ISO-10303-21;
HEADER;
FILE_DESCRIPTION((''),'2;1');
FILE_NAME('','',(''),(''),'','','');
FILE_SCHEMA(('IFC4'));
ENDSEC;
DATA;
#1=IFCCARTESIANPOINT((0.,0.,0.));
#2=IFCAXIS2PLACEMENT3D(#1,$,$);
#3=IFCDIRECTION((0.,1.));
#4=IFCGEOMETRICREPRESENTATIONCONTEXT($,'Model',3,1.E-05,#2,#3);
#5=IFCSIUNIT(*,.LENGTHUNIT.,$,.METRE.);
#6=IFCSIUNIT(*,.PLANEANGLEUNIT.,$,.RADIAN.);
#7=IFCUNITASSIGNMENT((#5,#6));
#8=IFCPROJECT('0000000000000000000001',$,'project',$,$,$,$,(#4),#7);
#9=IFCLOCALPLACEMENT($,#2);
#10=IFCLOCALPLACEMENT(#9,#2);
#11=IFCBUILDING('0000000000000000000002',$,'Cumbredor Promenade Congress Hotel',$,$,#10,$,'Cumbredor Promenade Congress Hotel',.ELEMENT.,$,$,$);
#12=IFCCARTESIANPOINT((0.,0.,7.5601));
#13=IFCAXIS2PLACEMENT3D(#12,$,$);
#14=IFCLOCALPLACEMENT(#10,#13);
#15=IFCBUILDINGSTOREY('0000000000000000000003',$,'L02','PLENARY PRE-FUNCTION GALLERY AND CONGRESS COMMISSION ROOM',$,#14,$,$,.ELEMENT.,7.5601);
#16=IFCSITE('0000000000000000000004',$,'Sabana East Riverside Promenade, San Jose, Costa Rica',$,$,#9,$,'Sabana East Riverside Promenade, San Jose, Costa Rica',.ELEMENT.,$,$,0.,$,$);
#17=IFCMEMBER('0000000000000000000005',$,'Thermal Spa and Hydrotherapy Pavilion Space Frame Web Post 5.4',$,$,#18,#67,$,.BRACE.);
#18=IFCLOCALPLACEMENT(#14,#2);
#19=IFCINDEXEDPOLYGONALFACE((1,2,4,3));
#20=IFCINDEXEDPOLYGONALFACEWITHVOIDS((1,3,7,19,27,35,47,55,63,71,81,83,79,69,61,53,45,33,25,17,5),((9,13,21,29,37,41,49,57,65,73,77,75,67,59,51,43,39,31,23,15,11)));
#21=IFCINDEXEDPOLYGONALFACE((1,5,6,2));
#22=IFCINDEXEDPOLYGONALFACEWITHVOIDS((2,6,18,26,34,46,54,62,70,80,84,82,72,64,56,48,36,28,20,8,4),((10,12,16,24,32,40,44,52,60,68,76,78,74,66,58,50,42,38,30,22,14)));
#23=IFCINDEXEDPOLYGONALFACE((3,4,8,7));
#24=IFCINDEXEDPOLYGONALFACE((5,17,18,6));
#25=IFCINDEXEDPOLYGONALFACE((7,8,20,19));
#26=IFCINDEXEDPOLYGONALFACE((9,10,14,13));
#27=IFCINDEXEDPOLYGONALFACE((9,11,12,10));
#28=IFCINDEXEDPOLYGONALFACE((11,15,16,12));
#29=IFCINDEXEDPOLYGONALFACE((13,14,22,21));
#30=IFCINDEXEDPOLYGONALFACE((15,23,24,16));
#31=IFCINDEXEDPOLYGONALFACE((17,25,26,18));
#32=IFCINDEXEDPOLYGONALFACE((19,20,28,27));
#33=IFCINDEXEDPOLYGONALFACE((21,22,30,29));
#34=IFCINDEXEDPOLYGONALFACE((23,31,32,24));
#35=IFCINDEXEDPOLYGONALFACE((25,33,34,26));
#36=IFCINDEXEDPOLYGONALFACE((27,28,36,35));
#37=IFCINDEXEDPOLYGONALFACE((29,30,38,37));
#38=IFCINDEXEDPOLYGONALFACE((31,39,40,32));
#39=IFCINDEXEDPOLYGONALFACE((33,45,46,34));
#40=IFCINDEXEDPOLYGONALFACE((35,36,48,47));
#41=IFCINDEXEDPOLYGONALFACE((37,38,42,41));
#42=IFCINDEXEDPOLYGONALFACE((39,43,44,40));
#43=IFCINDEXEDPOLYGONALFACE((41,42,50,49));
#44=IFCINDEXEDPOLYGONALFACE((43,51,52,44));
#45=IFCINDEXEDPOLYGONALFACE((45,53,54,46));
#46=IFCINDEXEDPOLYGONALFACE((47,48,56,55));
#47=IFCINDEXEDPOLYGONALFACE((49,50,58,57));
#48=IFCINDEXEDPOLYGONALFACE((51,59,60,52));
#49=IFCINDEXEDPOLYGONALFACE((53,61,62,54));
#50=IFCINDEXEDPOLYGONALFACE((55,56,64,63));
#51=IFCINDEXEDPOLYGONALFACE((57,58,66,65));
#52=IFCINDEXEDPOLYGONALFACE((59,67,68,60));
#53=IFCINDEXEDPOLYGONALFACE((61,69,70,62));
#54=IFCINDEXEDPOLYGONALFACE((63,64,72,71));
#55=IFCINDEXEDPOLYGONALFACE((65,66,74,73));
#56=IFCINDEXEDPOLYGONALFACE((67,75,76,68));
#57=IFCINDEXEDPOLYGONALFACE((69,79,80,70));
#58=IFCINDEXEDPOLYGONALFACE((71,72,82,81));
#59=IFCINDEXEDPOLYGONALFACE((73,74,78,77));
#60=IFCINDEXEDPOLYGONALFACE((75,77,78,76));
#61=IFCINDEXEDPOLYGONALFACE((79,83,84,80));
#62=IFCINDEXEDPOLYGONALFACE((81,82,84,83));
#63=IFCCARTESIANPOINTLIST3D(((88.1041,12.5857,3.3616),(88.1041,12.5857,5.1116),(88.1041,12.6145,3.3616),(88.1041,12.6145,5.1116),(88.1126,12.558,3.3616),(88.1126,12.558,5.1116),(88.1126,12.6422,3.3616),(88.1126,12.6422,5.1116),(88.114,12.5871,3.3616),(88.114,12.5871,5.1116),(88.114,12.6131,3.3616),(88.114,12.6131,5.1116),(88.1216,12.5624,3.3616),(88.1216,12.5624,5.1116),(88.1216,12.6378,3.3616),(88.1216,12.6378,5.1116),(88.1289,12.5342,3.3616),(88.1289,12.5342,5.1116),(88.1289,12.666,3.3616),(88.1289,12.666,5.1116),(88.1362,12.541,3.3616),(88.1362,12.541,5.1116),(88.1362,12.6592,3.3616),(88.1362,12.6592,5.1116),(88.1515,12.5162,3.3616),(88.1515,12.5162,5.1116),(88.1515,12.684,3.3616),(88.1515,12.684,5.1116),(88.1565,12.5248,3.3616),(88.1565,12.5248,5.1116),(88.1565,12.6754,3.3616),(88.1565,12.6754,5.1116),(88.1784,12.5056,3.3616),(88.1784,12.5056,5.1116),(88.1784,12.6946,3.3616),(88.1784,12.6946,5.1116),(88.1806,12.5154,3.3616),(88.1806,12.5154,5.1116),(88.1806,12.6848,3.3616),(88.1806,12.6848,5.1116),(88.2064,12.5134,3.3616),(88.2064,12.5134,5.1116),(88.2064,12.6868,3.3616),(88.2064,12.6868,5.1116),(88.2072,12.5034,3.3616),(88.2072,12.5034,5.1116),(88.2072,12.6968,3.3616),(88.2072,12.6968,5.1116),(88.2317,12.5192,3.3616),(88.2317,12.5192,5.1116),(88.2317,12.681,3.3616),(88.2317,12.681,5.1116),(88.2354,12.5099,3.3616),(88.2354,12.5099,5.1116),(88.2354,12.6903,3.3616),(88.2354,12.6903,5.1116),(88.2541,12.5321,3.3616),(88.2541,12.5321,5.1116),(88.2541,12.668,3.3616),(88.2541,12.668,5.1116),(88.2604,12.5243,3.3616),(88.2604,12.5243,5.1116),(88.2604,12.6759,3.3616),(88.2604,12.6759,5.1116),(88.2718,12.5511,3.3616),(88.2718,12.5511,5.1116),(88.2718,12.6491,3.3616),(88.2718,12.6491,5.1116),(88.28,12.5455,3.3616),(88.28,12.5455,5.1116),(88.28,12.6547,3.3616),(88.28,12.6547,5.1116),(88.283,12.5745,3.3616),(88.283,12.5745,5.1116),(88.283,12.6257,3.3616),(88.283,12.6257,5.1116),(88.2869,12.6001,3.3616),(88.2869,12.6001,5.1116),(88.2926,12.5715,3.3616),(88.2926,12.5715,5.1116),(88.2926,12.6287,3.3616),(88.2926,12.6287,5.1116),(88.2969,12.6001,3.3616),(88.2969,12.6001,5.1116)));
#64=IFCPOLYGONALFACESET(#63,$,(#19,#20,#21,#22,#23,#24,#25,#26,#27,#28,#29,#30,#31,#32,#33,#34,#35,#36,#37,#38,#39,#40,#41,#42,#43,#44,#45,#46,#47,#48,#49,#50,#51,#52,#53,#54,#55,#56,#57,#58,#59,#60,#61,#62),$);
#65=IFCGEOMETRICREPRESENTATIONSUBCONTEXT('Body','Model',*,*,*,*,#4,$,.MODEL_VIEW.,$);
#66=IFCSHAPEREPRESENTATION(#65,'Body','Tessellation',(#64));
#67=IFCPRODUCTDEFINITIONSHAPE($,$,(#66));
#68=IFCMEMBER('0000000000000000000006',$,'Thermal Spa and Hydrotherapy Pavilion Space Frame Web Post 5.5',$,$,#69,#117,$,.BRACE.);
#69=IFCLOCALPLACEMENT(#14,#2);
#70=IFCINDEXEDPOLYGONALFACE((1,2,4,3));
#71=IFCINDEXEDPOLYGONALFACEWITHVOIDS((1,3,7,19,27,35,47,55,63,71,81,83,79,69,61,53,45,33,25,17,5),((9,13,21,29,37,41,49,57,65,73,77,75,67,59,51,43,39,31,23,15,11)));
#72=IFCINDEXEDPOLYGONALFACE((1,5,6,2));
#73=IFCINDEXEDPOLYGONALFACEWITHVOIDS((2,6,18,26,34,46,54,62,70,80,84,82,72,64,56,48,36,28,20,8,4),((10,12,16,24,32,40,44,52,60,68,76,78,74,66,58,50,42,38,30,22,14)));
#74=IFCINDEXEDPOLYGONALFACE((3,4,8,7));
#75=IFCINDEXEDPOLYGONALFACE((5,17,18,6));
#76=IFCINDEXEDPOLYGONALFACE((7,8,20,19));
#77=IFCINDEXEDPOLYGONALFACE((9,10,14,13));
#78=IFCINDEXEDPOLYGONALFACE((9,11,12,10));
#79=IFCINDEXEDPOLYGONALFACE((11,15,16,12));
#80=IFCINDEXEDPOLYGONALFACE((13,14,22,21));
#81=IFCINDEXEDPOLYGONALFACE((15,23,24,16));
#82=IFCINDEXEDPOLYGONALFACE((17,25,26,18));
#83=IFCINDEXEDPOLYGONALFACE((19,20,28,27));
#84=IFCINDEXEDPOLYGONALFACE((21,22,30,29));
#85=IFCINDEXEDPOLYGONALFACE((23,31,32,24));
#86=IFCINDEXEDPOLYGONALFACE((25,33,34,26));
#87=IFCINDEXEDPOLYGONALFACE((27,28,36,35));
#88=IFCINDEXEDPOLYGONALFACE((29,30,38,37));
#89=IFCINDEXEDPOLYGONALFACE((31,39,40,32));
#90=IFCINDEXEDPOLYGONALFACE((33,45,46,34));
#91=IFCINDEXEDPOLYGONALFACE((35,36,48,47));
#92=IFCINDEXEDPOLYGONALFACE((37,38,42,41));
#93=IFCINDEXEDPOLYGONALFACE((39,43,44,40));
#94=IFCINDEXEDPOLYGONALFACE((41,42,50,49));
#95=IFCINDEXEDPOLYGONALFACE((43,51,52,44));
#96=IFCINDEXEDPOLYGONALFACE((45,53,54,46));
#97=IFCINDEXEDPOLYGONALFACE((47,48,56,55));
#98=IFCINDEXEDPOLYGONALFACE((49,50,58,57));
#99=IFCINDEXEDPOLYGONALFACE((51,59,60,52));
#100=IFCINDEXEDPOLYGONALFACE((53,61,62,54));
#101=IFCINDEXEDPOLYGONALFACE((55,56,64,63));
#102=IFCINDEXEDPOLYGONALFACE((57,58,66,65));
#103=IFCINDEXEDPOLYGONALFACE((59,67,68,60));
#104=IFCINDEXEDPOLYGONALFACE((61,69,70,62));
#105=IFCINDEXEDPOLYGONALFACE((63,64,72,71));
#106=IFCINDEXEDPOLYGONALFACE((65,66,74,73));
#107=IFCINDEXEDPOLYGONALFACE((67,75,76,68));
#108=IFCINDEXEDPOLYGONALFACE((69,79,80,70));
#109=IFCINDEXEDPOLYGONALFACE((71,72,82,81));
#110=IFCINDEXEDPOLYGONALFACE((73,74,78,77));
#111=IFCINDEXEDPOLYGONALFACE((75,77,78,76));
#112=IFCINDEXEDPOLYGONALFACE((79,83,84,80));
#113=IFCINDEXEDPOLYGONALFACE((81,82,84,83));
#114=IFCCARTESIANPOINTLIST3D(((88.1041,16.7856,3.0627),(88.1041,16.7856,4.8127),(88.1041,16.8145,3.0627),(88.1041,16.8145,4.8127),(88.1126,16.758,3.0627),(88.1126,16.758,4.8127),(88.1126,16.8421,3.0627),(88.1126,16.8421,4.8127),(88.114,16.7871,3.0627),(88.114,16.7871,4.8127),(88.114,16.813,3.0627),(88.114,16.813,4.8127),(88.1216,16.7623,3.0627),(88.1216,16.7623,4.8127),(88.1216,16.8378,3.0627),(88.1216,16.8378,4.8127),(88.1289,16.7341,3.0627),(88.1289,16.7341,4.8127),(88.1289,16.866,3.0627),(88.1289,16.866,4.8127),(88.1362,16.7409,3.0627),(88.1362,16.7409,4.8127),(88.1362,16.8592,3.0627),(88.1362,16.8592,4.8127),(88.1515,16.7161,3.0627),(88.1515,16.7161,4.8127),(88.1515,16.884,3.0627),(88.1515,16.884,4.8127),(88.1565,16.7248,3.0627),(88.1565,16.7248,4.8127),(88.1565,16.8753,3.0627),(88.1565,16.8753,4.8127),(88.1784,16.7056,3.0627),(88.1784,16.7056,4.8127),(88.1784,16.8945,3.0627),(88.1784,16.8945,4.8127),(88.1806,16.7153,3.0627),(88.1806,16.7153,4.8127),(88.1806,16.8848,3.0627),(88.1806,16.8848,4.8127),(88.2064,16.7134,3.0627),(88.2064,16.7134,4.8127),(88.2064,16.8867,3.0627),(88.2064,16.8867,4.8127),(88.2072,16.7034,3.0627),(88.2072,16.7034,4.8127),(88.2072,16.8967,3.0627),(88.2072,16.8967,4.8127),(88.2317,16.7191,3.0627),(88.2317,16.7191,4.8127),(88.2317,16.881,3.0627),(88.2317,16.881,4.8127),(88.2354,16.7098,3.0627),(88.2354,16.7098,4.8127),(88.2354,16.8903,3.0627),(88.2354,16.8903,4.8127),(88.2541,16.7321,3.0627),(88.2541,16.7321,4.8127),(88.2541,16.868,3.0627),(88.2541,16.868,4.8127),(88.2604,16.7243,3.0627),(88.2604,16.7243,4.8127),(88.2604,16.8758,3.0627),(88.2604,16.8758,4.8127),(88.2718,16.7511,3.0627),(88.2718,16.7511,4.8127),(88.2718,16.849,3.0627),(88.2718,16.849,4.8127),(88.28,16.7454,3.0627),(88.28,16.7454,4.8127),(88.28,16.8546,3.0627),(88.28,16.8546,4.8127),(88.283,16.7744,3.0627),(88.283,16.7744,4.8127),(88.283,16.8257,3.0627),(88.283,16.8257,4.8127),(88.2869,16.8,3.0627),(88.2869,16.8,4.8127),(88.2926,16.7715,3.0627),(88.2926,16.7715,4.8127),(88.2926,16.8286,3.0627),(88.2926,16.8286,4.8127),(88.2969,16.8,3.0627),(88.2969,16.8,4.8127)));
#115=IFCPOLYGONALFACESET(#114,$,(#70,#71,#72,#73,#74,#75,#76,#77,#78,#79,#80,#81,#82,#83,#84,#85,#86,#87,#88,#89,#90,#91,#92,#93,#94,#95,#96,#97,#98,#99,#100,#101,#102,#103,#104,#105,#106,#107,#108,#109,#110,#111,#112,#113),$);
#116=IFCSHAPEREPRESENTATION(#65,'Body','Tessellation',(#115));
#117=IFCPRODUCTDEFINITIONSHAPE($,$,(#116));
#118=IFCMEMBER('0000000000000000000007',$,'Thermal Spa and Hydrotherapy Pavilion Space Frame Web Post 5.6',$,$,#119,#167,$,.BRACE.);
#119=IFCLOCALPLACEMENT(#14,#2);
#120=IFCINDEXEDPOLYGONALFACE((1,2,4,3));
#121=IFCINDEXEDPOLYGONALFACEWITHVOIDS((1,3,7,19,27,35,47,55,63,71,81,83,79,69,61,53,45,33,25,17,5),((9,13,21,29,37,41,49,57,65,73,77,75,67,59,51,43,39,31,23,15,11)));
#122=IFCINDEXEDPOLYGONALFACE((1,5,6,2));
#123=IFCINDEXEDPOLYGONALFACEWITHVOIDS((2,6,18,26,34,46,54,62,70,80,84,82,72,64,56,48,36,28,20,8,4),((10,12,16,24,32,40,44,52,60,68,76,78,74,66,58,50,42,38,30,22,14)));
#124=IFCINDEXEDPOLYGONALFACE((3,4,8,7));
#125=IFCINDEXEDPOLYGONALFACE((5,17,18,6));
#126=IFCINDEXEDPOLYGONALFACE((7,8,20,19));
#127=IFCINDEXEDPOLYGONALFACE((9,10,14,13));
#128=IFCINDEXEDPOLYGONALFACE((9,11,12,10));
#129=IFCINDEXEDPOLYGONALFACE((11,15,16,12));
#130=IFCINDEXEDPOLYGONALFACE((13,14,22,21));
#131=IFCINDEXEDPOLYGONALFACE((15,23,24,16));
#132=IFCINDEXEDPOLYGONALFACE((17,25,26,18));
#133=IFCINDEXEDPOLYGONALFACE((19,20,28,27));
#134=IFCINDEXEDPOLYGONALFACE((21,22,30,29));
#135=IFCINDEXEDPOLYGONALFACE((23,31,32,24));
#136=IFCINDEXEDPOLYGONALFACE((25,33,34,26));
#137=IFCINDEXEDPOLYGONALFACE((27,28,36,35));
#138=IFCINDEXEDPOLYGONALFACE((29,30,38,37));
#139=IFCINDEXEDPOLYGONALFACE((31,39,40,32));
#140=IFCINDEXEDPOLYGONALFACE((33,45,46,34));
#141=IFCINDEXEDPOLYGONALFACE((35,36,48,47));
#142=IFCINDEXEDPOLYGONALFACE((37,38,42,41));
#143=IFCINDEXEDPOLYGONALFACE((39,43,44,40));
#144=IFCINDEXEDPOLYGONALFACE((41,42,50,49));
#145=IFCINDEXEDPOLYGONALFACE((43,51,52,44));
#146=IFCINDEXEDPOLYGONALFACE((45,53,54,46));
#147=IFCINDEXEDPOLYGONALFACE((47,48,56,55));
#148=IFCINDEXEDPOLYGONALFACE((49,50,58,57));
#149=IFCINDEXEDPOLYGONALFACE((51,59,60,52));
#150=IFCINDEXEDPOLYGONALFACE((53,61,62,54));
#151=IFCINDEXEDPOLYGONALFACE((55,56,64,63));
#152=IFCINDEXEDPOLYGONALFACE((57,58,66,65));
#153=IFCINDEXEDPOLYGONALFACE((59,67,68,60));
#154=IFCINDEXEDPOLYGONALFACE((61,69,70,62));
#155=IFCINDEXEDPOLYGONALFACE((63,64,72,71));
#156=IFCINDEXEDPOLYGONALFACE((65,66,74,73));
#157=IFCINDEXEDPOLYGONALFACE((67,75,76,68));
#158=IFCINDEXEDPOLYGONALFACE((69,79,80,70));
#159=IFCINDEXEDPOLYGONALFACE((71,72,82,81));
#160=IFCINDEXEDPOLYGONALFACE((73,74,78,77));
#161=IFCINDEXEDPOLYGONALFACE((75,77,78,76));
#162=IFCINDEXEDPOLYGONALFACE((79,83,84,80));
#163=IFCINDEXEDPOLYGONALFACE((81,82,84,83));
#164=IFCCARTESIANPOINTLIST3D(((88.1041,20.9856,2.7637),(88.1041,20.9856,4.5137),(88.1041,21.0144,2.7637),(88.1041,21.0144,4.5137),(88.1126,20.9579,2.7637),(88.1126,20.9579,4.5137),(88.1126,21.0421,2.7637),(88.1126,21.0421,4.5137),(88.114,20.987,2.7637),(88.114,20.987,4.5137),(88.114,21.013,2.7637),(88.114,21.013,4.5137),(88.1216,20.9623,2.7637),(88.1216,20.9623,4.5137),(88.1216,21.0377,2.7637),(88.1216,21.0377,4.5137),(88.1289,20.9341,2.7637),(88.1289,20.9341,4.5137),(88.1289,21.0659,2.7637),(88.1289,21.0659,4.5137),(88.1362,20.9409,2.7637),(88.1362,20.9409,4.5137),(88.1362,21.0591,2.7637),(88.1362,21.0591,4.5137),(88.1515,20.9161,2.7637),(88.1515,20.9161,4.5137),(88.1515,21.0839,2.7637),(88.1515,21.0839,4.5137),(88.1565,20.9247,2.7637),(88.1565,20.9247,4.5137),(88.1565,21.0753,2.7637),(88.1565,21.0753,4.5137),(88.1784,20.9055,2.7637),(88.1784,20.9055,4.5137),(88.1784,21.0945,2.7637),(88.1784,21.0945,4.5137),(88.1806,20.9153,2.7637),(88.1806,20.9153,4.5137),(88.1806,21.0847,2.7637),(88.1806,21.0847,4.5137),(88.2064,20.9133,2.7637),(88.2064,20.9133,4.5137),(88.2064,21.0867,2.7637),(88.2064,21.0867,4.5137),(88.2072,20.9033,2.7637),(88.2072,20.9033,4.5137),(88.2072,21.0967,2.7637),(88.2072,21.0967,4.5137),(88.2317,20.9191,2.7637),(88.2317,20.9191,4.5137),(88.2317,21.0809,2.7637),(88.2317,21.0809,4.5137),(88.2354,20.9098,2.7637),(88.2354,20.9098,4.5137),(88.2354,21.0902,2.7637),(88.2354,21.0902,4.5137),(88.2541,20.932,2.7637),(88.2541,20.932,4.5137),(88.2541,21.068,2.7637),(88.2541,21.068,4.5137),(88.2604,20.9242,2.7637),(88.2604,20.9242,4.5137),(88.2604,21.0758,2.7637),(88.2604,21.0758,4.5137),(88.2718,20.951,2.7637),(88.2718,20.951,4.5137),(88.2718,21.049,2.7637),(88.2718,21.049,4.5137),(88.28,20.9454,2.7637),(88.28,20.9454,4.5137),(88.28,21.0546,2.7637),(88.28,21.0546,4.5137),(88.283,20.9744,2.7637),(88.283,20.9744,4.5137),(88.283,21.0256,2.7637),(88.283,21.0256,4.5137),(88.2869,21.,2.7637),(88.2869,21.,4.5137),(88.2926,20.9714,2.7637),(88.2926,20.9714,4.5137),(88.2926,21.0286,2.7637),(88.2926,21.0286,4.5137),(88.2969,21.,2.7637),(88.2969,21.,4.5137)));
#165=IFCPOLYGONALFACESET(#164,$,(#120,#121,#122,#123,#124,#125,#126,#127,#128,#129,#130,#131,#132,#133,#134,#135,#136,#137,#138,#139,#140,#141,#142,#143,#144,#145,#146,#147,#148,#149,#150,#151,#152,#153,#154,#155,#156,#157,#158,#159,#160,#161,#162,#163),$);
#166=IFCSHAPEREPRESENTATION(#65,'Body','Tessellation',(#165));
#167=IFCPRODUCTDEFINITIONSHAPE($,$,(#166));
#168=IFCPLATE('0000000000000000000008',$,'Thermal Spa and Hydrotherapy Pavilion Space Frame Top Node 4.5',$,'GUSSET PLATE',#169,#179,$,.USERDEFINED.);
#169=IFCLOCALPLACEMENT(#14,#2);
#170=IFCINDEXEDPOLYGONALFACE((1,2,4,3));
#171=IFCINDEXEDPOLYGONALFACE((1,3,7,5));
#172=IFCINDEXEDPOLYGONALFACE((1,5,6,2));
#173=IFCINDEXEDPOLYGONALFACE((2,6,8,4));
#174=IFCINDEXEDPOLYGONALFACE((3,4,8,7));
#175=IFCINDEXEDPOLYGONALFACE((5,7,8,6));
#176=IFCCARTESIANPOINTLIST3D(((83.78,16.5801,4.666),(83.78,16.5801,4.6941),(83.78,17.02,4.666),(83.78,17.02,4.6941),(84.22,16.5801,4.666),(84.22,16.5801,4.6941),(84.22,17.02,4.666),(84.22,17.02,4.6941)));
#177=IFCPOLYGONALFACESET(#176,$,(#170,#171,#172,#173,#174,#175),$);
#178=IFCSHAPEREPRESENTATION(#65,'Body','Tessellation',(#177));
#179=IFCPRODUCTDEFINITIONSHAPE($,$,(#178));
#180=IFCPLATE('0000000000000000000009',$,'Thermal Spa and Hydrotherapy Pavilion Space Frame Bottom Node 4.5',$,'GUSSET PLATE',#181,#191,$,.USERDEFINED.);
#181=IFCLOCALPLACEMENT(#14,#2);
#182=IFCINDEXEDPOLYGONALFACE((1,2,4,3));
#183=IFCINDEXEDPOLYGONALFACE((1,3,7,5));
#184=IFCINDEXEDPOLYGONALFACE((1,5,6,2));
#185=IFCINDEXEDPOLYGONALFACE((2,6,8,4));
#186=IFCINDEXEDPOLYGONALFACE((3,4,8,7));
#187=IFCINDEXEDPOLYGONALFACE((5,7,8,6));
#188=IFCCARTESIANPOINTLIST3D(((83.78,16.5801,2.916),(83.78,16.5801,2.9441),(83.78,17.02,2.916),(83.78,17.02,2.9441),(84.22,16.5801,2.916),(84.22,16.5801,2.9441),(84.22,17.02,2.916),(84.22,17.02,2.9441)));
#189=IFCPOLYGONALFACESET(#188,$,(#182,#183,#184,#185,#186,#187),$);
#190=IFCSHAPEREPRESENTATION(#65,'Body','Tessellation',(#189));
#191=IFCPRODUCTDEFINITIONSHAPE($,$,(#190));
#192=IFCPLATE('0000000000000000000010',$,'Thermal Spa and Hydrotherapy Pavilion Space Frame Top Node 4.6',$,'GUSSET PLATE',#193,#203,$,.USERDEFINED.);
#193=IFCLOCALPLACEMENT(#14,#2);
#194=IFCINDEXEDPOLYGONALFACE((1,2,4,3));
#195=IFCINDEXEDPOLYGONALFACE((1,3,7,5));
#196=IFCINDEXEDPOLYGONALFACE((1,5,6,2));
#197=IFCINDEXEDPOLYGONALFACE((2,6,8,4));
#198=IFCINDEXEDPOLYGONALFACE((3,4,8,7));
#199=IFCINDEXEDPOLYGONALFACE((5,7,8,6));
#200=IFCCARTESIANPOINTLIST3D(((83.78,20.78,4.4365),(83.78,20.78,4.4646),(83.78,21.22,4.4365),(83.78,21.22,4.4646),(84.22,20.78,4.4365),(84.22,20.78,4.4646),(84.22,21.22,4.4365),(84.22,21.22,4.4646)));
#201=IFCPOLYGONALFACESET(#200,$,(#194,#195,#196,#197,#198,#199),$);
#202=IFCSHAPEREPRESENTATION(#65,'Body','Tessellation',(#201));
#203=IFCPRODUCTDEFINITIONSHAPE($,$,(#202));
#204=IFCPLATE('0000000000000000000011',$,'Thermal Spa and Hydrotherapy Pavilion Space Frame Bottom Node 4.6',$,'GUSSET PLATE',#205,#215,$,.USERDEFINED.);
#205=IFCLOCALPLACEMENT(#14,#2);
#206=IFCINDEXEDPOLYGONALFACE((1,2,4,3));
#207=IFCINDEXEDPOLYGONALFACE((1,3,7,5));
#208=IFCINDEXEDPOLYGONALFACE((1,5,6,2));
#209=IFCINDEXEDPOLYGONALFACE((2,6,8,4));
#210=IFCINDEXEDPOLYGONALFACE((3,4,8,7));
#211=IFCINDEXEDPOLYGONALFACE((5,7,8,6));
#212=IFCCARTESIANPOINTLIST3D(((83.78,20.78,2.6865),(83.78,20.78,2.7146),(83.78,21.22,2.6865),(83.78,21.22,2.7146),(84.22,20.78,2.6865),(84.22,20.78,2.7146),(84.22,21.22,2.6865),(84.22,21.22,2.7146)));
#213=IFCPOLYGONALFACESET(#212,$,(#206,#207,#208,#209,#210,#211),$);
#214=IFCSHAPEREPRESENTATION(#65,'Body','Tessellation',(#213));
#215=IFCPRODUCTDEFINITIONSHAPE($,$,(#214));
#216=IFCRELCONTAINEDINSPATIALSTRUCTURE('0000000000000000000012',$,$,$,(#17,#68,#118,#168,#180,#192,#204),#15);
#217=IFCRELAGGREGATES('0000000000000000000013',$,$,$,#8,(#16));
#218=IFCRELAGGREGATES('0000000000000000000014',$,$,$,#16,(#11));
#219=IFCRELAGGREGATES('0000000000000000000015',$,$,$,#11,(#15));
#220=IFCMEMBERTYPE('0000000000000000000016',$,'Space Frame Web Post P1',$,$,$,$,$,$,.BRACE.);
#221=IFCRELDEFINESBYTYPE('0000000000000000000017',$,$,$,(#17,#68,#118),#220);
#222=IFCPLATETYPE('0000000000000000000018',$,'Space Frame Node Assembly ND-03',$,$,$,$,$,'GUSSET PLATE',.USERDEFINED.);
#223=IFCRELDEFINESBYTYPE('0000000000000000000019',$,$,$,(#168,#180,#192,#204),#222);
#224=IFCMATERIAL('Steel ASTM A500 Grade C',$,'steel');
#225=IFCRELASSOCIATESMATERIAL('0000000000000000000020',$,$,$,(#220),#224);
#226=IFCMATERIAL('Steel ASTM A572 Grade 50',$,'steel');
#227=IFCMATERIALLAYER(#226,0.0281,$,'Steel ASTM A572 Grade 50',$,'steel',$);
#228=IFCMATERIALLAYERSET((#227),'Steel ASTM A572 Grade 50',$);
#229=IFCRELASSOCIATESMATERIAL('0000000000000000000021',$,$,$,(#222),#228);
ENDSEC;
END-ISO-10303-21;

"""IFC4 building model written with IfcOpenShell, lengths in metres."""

from ifc_helpers import new_model, si_unit, direction, frame, origin, origin_2d, place, context, subcontext, project, spatial, rectangle, hollow_circle, extrude, material, layer, layer_set, material_profile, profile_set, type_object, element, save


model = new_model("IFC4")

# Units and contexts
model_context = context("Model", 3, precision=1e-05, world=origin(), true_north=direction((0.0, 1.0)))
body_context = subcontext(model_context, "Body", "Model", "MODEL_VIEW")
ifc_project = project(units=[si_unit("LENGTHUNIT", "METRE"), si_unit("PLANEANGLEUNIT", "RADIAN")], contexts=[model_context])

# Site, building, storey
site_placement = place(None, origin())
site = spatial("IfcSite", under=ifc_project, at=site_placement, Name="Sabana East Riverside Promenade, San Jose, Costa Rica", LongName="Sabana East Riverside Promenade, San Jose, Costa Rica", CompositionType="ELEMENT", RefElevation=0.0)
building_placement = place(site_placement, origin())
building = spatial("IfcBuilding", under=site, at=building_placement, Name="Cumbredor Promenade Congress Hotel", LongName="Cumbredor Promenade Congress Hotel", CompositionType="ELEMENT")
storey_placement = place(building_placement, frame((0.0, 0.0, 7.5601)))
storey = spatial("IfcBuildingStorey", under=building, at=storey_placement, Name="L02", Description="PLENARY PRE-FUNCTION GALLERY AND CONGRESS COMMISSION ROOM", CompositionType="ELEMENT", Elevation=7.5601)

# Members
ifc_material_1 = material(Name="Steel ASTM A500 Grade C", Category="steel")
ifc_material_profile_1 = material_profile(ifc_material_1, hollow_circle(Radius=0.0969, WallThickness=0.01, at=origin_2d()), Name="CHS 193.7x10")
ifc_profile_set_1 = profile_set([ifc_material_profile_1], Name="Steel ASTM A500 Grade C")
member_type_1 = type_object("IfcMemberType", Name="Space Frame Web Post P1", PredefinedType="BRACE", material=ifc_profile_set_1)
for number, where, z_axis, x_axis, name in (
    (1, (88.2, 12.6001, 3.3616), (0.0, 0.0, 1.0), (1.0, 0.0, 0.0), "Thermal Spa and Hydrotherapy Pavilion Space Frame Web Post 5.4"),
    (2, (88.2, 16.8, 3.0627), (0.0, 0.0, 1.0), (1.0, 0.0, 0.0), "Thermal Spa and Hydrotherapy Pavilion Space Frame Web Post 5.5"),
    (3, (88.2, 21.0, 2.7637), (0.0, 0.0, 1.0), (1.0, 0.0, 0.0), "Thermal Spa and Hydrotherapy Pavilion Space Frame Web Post 5.6"),
):
    element("IfcMember", number, at=place(storey_placement, frame(where, z_axis=z_axis, x_axis=x_axis)), inside=storey, type_object=member_type_1, Name=name, PredefinedType="BRACE", context=body_context, shape_type="SweptSolid", body=[
        extrude(hollow_circle(Radius=0.0969, WallThickness=0.01, at=origin_2d()), origin(), (0.0, 0.0, 1.0), 1.75),
    ])

# Plates
ifc_material_2 = material(Name="Steel ASTM A572 Grade 50", Category="steel")
ifc_layer = layer(ifc_material_2, 0.0281, Name="Steel ASTM A572 Grade 50", Category="steel")
ifc_layer_set = layer_set([ifc_layer], Name="Steel ASTM A572 Grade 50")
plate_type = type_object("IfcPlateType", Name="Space Frame Node Assembly ND-03", ElementType="GUSSET PLATE", PredefinedType="USERDEFINED", material=ifc_layer_set)
for number, where, z_axis, x_axis, name in (
    (4, (84.0, 16.8, 4.666), (0.0, 0.0, 1.0), (1.0, 0.0, 0.0), "Thermal Spa and Hydrotherapy Pavilion Space Frame Top Node 4.5"),
    (5, (84.0, 16.8, 2.916), (0.0, 0.0, 1.0), (1.0, 0.0, 0.0), "Thermal Spa and Hydrotherapy Pavilion Space Frame Bottom Node 4.5"),
    (6, (84.0, 21.0, 4.4365), (0.0, 0.0, 1.0), (1.0, 0.0, 0.0), "Thermal Spa and Hydrotherapy Pavilion Space Frame Top Node 4.6"),
    (7, (84.0, 21.0, 2.6865), (0.0, 0.0, 1.0), (1.0, 0.0, 0.0), "Thermal Spa and Hydrotherapy Pavilion Space Frame Bottom Node 4.6"),
):
    element("IfcPlate", number, at=place(storey_placement, frame(where, z_axis=z_axis, x_axis=x_axis)), inside=storey, type_object=plate_type, Name=name, ObjectType="GUSSET PLATE", PredefinedType="USERDEFINED", context=body_context, shape_type="SweptSolid", body=[
        extrude(rectangle(XDim=0.4399, YDim=0.4399, at=origin_2d()), origin(), (0.0, 0.0, 1.0), 0.0281),
    ])

save(model, "model.ifc")
